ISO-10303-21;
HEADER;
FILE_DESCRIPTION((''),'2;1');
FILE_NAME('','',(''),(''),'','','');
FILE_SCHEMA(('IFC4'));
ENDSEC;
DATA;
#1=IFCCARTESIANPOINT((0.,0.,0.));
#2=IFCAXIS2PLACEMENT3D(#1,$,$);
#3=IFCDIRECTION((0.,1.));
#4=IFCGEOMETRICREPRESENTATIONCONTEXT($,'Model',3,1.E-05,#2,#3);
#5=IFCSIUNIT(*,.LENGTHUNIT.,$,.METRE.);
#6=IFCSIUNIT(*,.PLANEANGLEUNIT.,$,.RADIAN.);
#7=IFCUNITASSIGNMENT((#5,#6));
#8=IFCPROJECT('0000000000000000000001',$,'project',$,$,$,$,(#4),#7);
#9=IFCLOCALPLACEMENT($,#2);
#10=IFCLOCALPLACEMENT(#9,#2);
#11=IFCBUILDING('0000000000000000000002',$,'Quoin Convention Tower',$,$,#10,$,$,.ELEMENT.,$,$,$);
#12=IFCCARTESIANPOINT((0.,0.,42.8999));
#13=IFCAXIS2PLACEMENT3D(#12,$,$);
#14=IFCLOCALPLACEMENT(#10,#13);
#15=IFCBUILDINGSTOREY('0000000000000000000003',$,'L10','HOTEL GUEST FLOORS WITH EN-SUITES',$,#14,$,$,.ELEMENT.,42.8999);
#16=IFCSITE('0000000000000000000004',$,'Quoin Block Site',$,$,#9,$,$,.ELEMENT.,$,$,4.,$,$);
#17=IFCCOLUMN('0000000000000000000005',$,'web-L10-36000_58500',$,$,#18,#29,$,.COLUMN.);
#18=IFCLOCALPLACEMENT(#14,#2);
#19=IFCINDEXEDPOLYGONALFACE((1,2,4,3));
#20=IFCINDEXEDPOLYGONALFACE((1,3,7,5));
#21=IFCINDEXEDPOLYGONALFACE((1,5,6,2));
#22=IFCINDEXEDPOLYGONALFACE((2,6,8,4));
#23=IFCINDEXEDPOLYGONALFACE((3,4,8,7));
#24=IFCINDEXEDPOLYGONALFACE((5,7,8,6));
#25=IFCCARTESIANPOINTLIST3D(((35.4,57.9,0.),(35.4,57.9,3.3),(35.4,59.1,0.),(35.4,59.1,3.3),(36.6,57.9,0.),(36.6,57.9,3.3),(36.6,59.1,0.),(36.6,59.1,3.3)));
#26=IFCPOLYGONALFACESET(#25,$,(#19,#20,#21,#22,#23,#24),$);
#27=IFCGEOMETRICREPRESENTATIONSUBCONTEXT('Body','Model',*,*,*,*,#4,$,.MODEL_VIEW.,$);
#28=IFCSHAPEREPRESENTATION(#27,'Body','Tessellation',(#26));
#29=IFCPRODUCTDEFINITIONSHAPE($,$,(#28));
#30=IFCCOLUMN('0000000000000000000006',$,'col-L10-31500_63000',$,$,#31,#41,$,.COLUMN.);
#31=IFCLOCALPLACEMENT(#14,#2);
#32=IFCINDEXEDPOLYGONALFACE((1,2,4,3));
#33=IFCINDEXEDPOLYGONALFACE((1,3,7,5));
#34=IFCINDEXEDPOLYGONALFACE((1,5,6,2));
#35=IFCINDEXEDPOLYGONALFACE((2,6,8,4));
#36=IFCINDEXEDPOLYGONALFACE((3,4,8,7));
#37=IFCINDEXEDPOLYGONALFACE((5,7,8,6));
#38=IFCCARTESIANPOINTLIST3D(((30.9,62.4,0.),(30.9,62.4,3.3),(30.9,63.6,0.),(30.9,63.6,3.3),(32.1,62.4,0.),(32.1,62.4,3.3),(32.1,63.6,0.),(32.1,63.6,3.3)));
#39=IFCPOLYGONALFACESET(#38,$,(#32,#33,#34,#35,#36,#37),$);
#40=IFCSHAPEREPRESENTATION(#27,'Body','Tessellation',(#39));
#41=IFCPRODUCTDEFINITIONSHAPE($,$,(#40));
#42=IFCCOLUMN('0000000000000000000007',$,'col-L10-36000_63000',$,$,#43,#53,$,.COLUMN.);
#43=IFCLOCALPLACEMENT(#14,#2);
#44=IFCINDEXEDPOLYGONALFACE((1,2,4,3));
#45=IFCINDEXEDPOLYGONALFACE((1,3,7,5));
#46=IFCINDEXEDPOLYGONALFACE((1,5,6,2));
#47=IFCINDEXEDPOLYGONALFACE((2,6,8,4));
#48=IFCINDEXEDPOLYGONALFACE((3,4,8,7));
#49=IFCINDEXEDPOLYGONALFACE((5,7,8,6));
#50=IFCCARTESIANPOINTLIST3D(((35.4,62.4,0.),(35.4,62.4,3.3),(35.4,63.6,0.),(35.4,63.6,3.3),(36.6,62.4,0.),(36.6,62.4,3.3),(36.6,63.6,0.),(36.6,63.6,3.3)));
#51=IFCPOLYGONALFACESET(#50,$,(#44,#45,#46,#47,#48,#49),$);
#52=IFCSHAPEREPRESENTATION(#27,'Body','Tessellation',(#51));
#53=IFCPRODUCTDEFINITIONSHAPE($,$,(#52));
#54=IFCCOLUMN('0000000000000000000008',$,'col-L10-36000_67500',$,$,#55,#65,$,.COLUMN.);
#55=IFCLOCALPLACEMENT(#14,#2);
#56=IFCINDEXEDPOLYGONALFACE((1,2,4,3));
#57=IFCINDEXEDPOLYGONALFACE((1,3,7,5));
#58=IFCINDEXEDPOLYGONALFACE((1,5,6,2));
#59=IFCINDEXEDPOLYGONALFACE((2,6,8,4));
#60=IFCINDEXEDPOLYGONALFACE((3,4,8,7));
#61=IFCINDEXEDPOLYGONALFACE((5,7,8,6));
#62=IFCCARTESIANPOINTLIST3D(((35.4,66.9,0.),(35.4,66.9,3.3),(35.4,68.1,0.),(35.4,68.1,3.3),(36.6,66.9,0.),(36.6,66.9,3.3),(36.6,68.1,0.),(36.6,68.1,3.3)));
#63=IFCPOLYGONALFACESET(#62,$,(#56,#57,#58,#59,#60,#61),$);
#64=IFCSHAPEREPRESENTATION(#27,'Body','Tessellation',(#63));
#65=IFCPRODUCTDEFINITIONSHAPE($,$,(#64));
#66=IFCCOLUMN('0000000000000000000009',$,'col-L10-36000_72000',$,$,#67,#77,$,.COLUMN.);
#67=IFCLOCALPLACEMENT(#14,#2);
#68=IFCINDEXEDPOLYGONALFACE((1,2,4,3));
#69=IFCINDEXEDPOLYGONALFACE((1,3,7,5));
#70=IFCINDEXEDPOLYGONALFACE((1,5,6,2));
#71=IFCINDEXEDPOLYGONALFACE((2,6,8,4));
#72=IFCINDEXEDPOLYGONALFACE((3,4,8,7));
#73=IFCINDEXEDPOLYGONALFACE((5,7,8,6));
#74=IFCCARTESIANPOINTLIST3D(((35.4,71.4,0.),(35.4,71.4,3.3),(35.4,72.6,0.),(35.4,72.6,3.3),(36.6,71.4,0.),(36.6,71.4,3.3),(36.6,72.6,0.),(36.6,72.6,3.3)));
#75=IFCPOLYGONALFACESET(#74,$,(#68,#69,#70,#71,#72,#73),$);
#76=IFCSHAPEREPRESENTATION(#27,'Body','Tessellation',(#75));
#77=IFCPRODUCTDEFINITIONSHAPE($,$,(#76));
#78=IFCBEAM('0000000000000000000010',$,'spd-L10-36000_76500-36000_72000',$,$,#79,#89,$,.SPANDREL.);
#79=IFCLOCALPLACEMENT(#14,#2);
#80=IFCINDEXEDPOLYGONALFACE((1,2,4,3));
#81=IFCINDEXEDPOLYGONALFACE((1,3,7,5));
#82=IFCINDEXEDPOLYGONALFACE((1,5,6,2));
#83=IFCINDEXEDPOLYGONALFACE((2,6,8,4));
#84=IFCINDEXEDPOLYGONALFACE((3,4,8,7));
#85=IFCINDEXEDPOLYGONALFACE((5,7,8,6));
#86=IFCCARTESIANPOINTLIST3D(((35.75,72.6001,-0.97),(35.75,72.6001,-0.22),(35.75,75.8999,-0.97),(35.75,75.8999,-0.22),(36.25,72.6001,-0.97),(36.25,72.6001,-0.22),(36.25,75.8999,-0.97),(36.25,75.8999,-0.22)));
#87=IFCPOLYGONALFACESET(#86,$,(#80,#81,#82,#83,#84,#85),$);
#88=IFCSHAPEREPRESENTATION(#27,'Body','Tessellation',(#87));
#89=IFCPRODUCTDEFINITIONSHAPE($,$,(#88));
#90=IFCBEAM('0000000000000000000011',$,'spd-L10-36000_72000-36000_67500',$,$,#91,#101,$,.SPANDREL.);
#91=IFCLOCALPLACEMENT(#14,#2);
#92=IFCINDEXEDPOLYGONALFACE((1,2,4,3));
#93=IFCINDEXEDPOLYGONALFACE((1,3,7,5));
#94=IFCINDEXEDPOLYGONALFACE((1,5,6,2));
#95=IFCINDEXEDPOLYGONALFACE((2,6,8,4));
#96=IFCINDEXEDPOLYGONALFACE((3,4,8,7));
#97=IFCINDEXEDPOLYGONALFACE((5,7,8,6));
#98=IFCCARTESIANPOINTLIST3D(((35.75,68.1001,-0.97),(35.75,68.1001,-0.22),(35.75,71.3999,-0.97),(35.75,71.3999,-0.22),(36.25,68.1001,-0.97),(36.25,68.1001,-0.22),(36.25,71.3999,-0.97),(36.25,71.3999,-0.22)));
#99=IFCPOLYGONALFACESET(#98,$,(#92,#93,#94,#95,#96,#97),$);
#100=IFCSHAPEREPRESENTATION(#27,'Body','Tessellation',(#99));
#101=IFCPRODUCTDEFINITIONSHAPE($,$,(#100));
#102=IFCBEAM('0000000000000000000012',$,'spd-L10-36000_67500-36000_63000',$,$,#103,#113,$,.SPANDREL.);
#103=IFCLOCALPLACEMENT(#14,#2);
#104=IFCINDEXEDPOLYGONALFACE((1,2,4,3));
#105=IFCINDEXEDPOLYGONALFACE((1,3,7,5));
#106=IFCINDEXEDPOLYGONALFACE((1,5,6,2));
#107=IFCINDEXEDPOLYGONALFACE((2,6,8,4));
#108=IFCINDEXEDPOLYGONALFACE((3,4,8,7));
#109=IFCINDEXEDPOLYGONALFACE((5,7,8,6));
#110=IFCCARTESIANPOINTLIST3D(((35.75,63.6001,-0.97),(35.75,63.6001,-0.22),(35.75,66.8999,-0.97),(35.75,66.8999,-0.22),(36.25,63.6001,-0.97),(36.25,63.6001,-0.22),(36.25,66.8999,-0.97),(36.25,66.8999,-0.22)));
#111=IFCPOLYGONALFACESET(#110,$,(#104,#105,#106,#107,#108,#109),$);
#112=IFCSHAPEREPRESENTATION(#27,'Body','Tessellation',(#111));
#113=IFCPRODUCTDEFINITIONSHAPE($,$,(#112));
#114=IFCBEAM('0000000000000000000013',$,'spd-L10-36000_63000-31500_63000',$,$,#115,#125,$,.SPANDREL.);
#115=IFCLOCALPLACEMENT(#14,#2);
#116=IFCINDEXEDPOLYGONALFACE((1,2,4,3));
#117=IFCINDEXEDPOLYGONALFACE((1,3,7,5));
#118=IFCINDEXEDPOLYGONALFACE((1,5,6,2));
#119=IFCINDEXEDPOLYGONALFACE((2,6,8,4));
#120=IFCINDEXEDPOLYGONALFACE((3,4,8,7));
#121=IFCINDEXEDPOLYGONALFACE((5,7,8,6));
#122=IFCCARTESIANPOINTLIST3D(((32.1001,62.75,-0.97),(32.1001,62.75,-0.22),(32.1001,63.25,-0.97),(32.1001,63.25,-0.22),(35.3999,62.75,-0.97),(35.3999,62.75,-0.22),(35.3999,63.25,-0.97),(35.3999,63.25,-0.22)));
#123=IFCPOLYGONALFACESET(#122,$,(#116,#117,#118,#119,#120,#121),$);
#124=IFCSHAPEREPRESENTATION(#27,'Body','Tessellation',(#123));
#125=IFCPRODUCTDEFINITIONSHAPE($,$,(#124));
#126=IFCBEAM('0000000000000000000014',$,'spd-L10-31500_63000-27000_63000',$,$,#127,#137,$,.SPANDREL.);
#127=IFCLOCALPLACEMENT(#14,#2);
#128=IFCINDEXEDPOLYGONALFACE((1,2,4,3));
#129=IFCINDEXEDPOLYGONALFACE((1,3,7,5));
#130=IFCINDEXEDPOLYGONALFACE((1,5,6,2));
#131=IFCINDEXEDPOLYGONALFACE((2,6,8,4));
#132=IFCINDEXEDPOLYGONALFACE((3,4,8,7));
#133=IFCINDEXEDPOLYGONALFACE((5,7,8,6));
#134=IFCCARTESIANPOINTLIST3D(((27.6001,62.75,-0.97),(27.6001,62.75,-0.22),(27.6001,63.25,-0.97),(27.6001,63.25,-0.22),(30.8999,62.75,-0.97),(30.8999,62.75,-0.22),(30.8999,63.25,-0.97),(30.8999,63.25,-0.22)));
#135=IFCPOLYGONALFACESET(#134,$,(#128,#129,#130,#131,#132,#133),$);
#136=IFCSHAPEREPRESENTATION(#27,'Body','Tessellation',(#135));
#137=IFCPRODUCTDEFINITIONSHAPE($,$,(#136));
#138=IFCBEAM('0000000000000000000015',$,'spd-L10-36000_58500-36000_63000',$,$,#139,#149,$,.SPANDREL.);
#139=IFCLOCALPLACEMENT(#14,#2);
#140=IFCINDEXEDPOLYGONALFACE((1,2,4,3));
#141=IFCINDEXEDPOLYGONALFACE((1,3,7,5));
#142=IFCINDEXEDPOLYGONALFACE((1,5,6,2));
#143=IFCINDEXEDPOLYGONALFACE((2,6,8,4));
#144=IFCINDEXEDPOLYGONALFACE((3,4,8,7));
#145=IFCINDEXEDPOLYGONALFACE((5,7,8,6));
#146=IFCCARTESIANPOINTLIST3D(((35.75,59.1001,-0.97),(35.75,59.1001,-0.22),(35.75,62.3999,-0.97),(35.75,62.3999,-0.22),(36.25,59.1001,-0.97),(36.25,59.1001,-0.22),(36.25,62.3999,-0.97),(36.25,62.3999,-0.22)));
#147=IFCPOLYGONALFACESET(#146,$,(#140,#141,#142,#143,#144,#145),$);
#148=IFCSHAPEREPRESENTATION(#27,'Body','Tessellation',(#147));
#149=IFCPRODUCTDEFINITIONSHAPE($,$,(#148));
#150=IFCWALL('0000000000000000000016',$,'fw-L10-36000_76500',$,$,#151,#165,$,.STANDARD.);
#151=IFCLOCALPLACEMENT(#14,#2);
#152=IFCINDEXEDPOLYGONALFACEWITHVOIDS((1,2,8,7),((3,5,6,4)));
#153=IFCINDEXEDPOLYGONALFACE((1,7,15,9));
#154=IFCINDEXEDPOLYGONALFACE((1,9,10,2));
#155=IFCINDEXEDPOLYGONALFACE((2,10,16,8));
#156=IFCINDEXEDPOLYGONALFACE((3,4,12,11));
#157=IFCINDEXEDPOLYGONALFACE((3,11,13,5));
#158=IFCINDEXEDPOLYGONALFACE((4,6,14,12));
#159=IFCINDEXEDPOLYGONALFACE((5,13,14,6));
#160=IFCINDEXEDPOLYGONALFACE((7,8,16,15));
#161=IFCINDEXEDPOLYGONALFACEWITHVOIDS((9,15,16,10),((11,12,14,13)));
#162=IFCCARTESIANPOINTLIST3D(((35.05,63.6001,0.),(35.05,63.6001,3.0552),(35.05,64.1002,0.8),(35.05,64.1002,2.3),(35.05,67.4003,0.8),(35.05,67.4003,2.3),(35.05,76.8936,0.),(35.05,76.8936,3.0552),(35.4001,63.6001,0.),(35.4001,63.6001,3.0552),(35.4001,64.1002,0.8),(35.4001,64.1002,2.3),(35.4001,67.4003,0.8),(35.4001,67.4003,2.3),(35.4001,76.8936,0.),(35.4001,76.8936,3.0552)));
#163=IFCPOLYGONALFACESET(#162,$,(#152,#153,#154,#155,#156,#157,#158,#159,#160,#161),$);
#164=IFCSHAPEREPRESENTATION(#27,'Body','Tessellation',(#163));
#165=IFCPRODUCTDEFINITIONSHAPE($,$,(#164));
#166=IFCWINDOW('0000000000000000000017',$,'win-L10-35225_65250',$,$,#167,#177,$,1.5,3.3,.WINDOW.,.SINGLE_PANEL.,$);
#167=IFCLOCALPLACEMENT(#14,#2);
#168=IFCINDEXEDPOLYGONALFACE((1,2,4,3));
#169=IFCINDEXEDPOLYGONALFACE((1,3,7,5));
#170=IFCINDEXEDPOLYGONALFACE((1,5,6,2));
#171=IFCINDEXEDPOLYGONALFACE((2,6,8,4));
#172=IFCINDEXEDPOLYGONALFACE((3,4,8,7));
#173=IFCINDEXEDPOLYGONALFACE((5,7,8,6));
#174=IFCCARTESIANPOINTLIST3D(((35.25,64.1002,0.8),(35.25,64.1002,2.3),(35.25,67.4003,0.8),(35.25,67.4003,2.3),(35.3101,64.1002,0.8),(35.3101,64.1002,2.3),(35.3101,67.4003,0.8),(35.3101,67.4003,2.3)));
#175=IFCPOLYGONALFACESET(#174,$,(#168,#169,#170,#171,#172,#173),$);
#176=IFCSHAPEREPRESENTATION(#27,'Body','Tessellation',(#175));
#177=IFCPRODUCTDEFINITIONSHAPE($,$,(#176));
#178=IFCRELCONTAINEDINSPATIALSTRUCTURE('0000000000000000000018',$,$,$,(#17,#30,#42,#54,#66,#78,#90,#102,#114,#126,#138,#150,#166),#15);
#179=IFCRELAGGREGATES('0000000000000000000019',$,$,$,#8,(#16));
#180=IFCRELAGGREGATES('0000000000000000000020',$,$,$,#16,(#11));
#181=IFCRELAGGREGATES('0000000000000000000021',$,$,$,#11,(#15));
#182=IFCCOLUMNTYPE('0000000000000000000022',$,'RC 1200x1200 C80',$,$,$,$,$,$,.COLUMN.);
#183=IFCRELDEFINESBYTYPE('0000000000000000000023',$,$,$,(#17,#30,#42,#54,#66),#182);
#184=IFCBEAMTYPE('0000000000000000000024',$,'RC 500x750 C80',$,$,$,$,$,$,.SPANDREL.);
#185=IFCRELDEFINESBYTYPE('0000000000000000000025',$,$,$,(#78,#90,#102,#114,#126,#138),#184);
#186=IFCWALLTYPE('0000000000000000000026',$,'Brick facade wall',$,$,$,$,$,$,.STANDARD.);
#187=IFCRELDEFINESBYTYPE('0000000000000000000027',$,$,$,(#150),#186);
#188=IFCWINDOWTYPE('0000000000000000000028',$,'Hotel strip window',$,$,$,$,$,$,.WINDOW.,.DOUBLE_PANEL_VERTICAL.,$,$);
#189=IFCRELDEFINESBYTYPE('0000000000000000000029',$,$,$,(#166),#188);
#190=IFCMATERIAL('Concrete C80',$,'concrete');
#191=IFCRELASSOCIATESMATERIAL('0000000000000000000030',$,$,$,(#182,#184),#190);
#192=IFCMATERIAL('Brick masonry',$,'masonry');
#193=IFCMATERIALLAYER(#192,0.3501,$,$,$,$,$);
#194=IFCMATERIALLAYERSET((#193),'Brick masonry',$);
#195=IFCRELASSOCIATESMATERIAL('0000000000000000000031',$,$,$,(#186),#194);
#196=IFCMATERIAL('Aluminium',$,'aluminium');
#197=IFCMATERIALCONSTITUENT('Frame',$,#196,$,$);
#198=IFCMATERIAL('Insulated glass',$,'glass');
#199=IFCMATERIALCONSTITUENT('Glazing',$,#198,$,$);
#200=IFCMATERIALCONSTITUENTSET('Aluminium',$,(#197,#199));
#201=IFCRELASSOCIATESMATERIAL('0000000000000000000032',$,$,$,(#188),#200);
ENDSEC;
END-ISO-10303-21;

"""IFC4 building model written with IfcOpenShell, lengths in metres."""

from ifc_helpers import new_model, si_unit, direction, frame, frame_2d, origin, origin_2d, place, context, subcontext, project, spatial, rectangle, extrude, material, layer, layer_set, constituent, constituent_set, material_profile, profile_set, type_object, element, fill, save


model = new_model("IFC4")

# Units and contexts
model_context = context("Model", 3, precision=1e-05, world=origin(), true_north=direction((0.0, 1.0)))
body_context = subcontext(model_context, "Body", "Model", "MODEL_VIEW")
ifc_project = project(units=[si_unit("LENGTHUNIT", "METRE"), si_unit("PLANEANGLEUNIT", "RADIAN")], contexts=[model_context])

# Site, building, storey
site_placement = place(None, origin())
site = spatial("IfcSite", under=ifc_project, at=site_placement, Name="Quoin Block Site", CompositionType="ELEMENT", RefElevation=4.0)
building_placement = place(site_placement, origin())
building = spatial("IfcBuilding", under=site, at=building_placement, Name="Quoin Convention Tower", CompositionType="ELEMENT")
storey_placement = place(building_placement, frame((0.0, 0.0, 42.8999)))
storey = spatial("IfcBuildingStorey", under=building, at=storey_placement, Name="L10", Description="HOTEL GUEST FLOORS WITH EN-SUITES", CompositionType="ELEMENT", Elevation=42.8999)

# Columns
ifc_material_1 = material(Name="Concrete C80", Category="concrete")
ifc_material_profile_1 = material_profile(ifc_material_1, rectangle(XDim=1.2, YDim=1.2, at=origin_2d()), Name="RC 1200x1200")
ifc_profile_set_1 = profile_set([ifc_material_profile_1], Name="Concrete C80")
column_type = type_object("IfcColumnType", Name="RC 1200x1200 C80", PredefinedType="COLUMN", material=ifc_profile_set_1)
for number, where, z_axis, x_axis, name in (
    (1, (36.0, 58.5, 0.0), (0.0, 0.0, 1.0), (1.0, 0.0, 0.0), "web-L10-36000_58500"),
    (2, (31.5, 63.0, 0.0), (0.0, 0.0, 1.0), (1.0, 0.0, 0.0), "col-L10-31500_63000"),
    (3, (36.0, 63.0, 0.0), (0.0, 0.0, 1.0), (1.0, 0.0, 0.0), "col-L10-36000_63000"),
    (4, (36.0, 67.5, 0.0), (0.0, 0.0, 1.0), (1.0, 0.0, 0.0), "col-L10-36000_67500"),
    (5, (36.0, 72.0, 0.0), (0.0, 0.0, 1.0), (1.0, 0.0, 0.0), "col-L10-36000_72000"),
):
    element("IfcColumn", number, at=place(storey_placement, frame(where, z_axis=z_axis, x_axis=x_axis)), inside=storey, type_object=column_type, Name=name, PredefinedType="COLUMN", context=body_context, shape_type="SweptSolid", body=[
        extrude(rectangle(XDim=1.2, YDim=1.2, at=origin_2d()), origin(), (0.0, 0.0, 1.0), 3.3),
    ])

# Beams
ifc_material_profile_2 = material_profile(ifc_material_1, rectangle(XDim=0.5, YDim=0.75, at=origin_2d()), Name="RC 500x750")
ifc_profile_set_2 = profile_set([ifc_material_profile_2], Name="Concrete C80")
beam_type = type_object("IfcBeamType", Name="RC 500x750 C80", PredefinedType="SPANDREL", material=ifc_profile_set_2)
for number, where, z_axis, x_axis, name in (
    (6, (36.0, 75.8999, -0.595), (0.0, -1.0, 0.0), (1.0, 0.0, 0.0), "spd-L10-36000_76500-36000_72000"),
    (7, (36.0, 71.3999, -0.595), (0.0, -1.0, 0.0), (1.0, 0.0, 0.0), "spd-L10-36000_72000-36000_67500"),
    (8, (36.0, 66.8999, -0.595), (0.0, -1.0, 0.0), (1.0, 0.0, 0.0), "spd-L10-36000_67500-36000_63000"),
    (9, (35.3999, 63.0, -0.595), (-1.0, 0.0, 0.0), (0.0, -1.0, 0.0), "spd-L10-36000_63000-31500_63000"),
    (10, (30.8999, 63.0, -0.595), (-1.0, 0.0, 0.0), (0.0, -1.0, 0.0), "spd-L10-31500_63000-27000_63000"),
    (11, (36.0, 59.1001, -0.595), (0.0, 1.0, 0.0), (-1.0, 0.0, 0.0), "spd-L10-36000_58500-36000_63000"),
):
    element("IfcBeam", number, at=place(storey_placement, frame(where, z_axis=z_axis, x_axis=x_axis)), inside=storey, type_object=beam_type, Name=name, PredefinedType="SPANDREL", context=body_context, shape_type="SweptSolid", body=[
        extrude(rectangle(XDim=0.5, YDim=0.75, at=origin_2d()), origin(), (0.0, 0.0, 1.0), 3.2998),
    ])

# Wall, opening, window
ifc_material_2 = material(Name="Brick masonry", Category="masonry")
ifc_layer_1 = layer(ifc_material_2, 0.3501)
ifc_layer_set_1 = layer_set([ifc_layer_1], Name="Brick masonry")
wall_type_1 = type_object("IfcWallType", Name="Brick facade wall", PredefinedType="STANDARD", material=ifc_layer_set_1)
wall_1_placement = place(storey_placement, frame((35.2251, 76.8936, 0.0), z_axis=(0.0, 0.0, 1.0), x_axis=(0.0, -1.0, 0.0)))
wall_1 = element("IfcWall", 12, at=wall_1_placement, inside=storey, type_object=wall_type_1, Name="fw-L10-36000_76500", PredefinedType="STANDARD", context=body_context, shape_type="SweptSolid", body=[
    extrude(rectangle(XDim=13.2935, YDim=0.3501, at=frame_2d((6.6467, 0.0))), origin(), (0.0, 0.0, 1.0), 3.0552),
])
opening_1_placement = place(wall_1_placement, frame((9.4934, 0.0, 0.8)))
opening_1 = element("IfcOpeningElement", 13, at=opening_1_placement, cuts=wall_1, PredefinedType="OPENING", context=body_context, shape_type="SweptSolid", body=[
    extrude(rectangle(XDim=3.3, YDim=1.5, at=frame_2d((1.6499, 0.75))), frame((0.0, 0.1851, 0.0), z_axis=(0.0, -1.0, 0.0), x_axis=(1.0, 0.0, 0.0)), (0.0, 0.0, 1.0), 0.3701),
])
ifc_material_3 = material(Name="Aluminium", Category="aluminium")
ifc_constituent_1 = constituent(ifc_material_3, Name="Frame")
ifc_material_4 = material(Name="Insulated glass", Category="glass")
ifc_constituent_2 = constituent(ifc_material_4, Name="Glazing")
ifc_constituent_set = constituent_set(constituents=[ifc_constituent_1, ifc_constituent_2], Name="Aluminium")
window_type = type_object("IfcWindowType", Name="Hotel strip window", PartitioningType="DOUBLE_PANEL_VERTICAL", PredefinedType="WINDOW", material=ifc_constituent_set)
window_1_placement = place(opening_1_placement, origin())
window_1 = element("IfcWindow", 14, at=window_1_placement, inside=storey, type_object=window_type, Name="win-L10-35225_65250", OverallHeight=1.5, OverallWidth=3.3, PartitioningType="SINGLE_PANEL", PredefinedType="WINDOW", context=body_context, shape_type="SweptSolid", body=[
    extrude(rectangle(XDim=3.3, YDim=1.5, at=frame_2d((1.6499, 0.75))), frame((0.0, 0.085, 0.0), z_axis=(0.0, -1.0, 0.0), x_axis=(1.0, 0.0, 0.0)), (0.0, 0.0, 1.0), 0.0601),
])
fill(opening_1, window_1)

save(model, "model.ifc")
